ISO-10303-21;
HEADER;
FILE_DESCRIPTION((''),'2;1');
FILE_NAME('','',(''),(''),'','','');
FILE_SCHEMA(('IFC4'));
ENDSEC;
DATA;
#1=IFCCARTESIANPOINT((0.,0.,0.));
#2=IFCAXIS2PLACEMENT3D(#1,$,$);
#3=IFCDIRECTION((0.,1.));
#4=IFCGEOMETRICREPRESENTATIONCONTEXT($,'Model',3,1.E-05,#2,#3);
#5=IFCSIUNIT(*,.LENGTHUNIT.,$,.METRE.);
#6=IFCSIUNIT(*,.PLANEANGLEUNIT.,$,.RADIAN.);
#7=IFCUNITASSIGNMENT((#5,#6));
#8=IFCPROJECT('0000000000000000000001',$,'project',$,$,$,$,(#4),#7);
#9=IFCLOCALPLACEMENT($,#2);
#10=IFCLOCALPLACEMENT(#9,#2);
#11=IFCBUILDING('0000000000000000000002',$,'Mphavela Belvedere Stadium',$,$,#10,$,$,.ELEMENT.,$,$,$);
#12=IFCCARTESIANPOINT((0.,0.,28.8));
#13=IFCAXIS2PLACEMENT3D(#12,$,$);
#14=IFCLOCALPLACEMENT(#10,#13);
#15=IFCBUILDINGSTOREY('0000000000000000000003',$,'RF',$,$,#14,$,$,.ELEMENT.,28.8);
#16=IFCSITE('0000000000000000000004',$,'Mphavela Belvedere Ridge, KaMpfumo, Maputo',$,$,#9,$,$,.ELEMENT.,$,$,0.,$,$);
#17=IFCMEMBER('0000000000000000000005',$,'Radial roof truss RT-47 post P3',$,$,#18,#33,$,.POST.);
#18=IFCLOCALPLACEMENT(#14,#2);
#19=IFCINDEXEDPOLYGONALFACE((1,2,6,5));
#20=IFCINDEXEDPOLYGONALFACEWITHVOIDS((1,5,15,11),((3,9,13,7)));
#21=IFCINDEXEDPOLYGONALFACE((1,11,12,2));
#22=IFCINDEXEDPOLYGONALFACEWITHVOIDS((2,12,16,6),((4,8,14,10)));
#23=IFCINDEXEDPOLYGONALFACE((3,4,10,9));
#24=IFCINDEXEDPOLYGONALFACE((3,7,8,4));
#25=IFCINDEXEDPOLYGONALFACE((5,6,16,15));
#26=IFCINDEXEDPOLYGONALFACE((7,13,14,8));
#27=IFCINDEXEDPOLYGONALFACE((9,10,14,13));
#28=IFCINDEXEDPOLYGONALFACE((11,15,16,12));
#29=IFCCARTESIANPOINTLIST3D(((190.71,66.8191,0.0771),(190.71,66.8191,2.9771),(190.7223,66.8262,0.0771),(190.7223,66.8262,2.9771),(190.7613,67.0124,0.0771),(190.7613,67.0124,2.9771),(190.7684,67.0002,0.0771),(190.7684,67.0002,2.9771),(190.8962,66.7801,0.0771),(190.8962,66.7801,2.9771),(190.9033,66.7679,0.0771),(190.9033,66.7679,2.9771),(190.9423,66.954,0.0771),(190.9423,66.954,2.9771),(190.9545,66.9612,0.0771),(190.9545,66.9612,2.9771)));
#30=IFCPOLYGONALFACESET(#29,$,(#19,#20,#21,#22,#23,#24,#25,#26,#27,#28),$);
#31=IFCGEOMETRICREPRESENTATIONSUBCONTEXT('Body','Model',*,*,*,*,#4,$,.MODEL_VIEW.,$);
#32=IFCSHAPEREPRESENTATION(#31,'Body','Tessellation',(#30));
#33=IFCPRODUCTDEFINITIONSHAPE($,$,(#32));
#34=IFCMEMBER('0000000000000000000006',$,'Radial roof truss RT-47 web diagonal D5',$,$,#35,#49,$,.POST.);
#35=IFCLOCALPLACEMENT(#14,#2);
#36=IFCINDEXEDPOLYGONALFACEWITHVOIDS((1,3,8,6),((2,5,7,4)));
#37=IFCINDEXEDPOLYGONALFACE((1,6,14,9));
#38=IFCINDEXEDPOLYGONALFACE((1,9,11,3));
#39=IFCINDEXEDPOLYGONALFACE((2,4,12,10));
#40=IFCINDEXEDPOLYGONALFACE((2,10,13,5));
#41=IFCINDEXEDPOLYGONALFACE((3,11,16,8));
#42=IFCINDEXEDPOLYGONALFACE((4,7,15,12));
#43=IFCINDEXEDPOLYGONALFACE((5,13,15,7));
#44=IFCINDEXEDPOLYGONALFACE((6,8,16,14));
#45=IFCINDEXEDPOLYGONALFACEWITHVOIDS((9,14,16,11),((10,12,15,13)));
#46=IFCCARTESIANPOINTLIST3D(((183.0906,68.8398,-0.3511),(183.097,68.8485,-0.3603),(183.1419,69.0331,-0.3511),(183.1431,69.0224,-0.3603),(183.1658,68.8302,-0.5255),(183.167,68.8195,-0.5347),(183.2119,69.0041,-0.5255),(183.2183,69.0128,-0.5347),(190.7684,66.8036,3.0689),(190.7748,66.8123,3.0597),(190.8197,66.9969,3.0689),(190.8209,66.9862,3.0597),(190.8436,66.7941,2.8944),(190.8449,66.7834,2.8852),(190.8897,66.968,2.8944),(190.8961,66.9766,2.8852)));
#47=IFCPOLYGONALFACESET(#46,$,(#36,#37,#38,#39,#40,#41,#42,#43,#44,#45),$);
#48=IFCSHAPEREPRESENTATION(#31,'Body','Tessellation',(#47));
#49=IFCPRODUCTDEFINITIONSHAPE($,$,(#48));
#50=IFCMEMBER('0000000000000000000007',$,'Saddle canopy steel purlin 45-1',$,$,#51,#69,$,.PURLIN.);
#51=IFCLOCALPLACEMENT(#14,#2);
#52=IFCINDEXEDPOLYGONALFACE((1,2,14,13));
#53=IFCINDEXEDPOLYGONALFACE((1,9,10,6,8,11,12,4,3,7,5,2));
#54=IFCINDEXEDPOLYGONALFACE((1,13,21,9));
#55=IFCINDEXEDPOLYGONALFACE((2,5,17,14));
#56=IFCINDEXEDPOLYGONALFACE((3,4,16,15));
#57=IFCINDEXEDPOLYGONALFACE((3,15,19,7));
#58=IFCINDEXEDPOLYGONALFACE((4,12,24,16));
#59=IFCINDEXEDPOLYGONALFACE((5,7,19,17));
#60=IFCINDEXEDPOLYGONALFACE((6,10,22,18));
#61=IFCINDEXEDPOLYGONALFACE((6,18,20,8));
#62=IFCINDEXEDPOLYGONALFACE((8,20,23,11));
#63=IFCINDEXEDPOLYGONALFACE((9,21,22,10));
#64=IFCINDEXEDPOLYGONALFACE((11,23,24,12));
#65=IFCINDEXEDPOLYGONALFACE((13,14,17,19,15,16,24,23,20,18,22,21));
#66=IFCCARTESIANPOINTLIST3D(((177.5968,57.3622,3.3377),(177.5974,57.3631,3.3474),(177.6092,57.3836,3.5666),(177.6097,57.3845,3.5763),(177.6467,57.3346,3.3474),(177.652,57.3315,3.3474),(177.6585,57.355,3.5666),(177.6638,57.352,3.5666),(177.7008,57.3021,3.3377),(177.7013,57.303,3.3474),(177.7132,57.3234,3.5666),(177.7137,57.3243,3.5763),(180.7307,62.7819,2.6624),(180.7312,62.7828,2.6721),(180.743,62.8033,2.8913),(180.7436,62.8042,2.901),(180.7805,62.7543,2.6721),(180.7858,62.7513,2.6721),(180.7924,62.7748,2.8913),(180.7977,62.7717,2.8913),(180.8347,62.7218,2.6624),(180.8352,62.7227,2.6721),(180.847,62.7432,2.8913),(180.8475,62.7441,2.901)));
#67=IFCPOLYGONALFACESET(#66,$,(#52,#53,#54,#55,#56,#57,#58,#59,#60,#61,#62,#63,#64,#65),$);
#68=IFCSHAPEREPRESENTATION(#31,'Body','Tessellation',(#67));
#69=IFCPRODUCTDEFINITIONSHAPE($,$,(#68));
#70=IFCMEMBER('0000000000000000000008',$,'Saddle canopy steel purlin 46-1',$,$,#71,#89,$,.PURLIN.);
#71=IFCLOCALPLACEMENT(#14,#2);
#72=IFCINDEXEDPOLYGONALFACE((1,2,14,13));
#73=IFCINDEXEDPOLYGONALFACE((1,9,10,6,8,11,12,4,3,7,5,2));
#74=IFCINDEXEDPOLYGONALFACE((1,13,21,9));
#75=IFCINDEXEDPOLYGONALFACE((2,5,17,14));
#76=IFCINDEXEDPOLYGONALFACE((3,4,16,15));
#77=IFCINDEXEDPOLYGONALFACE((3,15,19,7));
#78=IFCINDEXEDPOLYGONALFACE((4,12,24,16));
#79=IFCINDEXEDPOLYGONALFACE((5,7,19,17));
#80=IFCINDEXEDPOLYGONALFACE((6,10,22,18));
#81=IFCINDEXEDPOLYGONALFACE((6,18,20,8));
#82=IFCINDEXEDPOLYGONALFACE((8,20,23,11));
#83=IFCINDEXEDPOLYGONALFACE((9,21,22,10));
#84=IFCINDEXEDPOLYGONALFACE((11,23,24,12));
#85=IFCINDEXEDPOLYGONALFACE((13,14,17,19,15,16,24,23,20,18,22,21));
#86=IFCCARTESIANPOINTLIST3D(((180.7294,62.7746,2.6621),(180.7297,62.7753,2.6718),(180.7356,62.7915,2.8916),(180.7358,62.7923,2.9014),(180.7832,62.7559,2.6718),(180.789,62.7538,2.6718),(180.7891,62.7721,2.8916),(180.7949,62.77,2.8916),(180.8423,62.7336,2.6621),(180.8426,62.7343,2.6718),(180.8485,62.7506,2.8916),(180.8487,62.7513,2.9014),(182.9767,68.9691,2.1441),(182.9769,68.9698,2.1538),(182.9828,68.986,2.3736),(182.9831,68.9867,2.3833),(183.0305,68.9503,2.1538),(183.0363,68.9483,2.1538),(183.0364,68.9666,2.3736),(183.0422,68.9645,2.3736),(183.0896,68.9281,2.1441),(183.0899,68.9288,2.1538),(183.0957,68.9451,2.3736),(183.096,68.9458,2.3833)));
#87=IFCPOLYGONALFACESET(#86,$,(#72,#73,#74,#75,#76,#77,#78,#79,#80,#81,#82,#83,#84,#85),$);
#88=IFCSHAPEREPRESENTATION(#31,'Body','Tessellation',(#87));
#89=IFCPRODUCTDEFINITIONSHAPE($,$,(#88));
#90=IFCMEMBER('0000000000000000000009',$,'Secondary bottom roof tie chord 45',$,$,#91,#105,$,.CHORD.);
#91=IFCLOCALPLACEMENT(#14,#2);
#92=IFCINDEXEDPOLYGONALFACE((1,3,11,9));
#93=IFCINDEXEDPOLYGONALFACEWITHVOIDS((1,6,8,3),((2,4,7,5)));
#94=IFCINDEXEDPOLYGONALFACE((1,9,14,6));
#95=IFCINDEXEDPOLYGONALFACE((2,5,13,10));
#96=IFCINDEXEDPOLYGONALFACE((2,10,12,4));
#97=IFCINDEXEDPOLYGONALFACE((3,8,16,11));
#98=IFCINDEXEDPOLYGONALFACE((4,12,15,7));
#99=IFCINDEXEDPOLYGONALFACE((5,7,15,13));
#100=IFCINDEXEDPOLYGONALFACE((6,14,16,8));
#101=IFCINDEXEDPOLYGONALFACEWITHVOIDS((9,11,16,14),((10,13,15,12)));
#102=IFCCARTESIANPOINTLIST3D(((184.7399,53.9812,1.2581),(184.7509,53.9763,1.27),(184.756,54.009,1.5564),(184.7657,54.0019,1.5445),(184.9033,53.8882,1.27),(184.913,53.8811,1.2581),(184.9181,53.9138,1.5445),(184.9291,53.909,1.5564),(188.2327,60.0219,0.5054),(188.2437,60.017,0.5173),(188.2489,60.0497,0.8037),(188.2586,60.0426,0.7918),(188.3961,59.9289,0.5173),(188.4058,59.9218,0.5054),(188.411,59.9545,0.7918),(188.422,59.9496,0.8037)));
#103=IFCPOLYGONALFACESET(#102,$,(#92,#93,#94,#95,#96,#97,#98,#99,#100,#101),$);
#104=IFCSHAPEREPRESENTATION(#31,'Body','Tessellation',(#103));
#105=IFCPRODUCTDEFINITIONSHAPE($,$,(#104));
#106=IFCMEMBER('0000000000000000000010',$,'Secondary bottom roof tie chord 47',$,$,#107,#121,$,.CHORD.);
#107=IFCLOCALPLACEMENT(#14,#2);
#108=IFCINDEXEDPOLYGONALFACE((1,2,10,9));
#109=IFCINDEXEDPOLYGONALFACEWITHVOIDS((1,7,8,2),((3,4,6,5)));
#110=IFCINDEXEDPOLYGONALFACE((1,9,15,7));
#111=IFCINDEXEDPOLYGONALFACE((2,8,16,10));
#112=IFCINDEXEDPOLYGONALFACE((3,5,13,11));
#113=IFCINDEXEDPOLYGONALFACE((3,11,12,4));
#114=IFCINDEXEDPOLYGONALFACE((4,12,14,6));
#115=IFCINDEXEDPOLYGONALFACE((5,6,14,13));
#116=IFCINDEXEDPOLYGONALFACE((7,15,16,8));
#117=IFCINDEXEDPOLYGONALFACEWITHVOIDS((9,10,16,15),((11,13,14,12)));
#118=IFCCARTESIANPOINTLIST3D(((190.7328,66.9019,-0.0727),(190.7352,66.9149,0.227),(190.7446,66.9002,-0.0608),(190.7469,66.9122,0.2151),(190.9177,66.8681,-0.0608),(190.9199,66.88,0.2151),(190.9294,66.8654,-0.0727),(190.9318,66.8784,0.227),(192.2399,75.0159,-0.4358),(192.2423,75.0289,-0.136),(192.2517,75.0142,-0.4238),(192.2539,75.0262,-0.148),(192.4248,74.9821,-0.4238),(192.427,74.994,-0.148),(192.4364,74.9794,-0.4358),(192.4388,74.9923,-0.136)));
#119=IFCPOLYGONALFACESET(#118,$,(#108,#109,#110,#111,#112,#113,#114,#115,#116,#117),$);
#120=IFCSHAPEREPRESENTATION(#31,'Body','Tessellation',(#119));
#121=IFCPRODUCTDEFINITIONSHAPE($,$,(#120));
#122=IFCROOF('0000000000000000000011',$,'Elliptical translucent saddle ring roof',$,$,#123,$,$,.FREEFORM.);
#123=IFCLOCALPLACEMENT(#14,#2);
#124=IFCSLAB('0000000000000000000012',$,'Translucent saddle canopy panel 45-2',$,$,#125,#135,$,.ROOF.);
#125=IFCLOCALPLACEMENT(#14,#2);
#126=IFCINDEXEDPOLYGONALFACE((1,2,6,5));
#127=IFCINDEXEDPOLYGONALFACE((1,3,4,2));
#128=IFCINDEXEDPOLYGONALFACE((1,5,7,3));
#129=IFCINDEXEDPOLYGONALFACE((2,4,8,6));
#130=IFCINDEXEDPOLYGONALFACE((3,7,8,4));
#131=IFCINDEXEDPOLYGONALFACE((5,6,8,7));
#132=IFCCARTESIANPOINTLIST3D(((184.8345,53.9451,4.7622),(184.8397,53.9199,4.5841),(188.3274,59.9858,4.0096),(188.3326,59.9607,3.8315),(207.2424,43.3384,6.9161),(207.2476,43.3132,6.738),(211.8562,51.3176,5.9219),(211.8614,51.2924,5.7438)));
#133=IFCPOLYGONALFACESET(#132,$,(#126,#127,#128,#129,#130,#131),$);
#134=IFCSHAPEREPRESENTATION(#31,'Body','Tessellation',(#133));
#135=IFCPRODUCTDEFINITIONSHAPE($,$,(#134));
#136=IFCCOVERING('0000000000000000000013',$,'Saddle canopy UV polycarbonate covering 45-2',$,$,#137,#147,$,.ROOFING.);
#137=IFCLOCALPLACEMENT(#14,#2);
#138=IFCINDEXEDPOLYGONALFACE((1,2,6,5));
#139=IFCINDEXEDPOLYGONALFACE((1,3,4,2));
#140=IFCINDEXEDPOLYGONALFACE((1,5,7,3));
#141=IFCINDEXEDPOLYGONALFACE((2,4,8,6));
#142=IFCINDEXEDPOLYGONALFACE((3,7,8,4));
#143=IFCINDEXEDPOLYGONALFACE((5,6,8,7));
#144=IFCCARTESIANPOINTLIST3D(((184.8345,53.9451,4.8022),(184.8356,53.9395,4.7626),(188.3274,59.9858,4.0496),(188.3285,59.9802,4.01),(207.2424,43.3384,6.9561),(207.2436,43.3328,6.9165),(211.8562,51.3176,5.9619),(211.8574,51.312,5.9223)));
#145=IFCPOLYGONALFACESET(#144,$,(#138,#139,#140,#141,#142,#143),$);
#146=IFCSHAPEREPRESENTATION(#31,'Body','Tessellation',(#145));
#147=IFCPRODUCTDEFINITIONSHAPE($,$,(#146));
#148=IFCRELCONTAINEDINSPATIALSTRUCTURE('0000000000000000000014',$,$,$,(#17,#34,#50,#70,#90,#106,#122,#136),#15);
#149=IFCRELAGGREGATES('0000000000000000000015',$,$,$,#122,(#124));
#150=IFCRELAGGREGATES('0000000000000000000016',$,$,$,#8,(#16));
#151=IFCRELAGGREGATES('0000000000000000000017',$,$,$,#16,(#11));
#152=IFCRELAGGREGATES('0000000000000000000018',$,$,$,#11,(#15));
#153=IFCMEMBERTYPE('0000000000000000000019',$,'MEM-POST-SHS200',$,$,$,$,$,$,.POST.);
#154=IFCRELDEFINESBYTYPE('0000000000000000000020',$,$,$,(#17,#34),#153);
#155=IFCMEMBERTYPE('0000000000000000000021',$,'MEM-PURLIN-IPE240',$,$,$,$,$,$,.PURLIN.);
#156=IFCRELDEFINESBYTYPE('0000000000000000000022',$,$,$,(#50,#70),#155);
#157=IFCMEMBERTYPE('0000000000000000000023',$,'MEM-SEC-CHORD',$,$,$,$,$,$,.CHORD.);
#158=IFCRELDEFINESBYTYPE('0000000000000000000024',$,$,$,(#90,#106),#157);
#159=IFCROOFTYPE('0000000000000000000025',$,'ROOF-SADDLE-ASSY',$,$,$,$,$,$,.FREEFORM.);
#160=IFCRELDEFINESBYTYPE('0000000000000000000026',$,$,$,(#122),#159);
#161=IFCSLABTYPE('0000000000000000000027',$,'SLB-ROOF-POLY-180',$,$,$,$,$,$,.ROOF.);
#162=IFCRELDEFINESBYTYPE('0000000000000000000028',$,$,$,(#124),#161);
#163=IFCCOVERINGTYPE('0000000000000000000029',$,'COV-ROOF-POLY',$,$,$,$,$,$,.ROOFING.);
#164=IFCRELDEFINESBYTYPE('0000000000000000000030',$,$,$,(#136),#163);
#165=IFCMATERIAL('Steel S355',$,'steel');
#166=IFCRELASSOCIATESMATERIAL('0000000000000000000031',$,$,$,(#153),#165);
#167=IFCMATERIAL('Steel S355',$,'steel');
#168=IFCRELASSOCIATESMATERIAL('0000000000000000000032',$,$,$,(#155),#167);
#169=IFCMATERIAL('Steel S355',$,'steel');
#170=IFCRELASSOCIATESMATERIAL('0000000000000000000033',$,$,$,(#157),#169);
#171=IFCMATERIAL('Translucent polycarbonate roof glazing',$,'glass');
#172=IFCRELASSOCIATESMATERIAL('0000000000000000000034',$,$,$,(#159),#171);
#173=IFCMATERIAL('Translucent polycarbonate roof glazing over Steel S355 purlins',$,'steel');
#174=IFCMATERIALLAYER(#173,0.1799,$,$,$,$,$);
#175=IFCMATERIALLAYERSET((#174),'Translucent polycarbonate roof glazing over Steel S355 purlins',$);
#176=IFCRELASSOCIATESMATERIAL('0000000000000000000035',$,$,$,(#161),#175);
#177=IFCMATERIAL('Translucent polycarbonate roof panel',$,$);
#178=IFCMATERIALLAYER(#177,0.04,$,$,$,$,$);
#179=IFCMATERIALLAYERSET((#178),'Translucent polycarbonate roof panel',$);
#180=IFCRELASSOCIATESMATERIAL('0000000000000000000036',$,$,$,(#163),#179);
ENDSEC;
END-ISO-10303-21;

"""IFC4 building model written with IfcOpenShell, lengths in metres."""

from ifc_helpers import new_model, si_unit, direction, frame, origin, origin_2d, place, context, subcontext, project, spatial, polyline, hollow_rectangle, i_section, outline, extrude, material, layer, layer_set, material_profile, profile_set, type_object, element, aggregate, save


model = new_model("IFC4")

# Units and contexts
model_context = context("Model", 3, precision=1e-05, world=origin(), true_north=direction((0.0, 1.0)))
body_context = subcontext(model_context, "Body", "Model", "MODEL_VIEW")
ifc_project = project(units=[si_unit("LENGTHUNIT", "METRE"), si_unit("PLANEANGLEUNIT", "RADIAN")], contexts=[model_context])

# Site, building, storey
site_placement = place(None, origin())
site = spatial("IfcSite", under=ifc_project, at=site_placement, Name="Mphavela Belvedere Ridge, KaMpfumo, Maputo", CompositionType="ELEMENT", RefElevation=0.0)
building_placement = place(site_placement, origin())
building = spatial("IfcBuilding", under=site, at=building_placement, Name="Mphavela Belvedere Stadium", CompositionType="ELEMENT")
storey_placement = place(building_placement, frame((0.0, 0.0, 28.8)))
storey = spatial("IfcBuildingStorey", under=building, at=storey_placement, Name="RF", CompositionType="ELEMENT", Elevation=28.8)

# Members
ifc_material_1 = material(Name="Steel S355", Category="steel")
ifc_material_profile_1 = material_profile(ifc_material_1, hollow_rectangle(XDim=0.2, YDim=0.2, WallThickness=0.01, at=origin_2d()), Name="SHS 200x200x10")
ifc_profile_set_1 = profile_set([ifc_material_profile_1], Name="Steel S355")
member_type_1 = type_object("IfcMemberType", Name="MEM-POST-SHS200", PredefinedType="POST", material=ifc_profile_set_1)
member_1_placement = place(storey_placement, frame((190.8323, 66.8901, 0.0771), z_axis=(0.0, 0.0, 1.0), x_axis=(0.9666, -0.256289, 0.0)))
element("IfcMember", 1, at=member_1_placement, inside=storey, type_object=member_type_1, Name="Radial roof truss RT-47 post P3", PredefinedType="POST", context=body_context, shape_type="SweptSolid", body=[
    extrude(hollow_rectangle(XDim=0.2, YDim=0.2, WallThickness=0.01, at=origin_2d()), origin(), (0.0, 0.0, 1.0), 2.8999),
])
member_2_placement = place(storey_placement, frame((190.8323, 66.8901, 2.9771), z_axis=(-0.887796, 0.235443, -0.395454), x_axis=(-0.256339, -0.966587, 0.0)))
element("IfcMember", 2, at=member_2_placement, inside=storey, type_object=member_type_1, Name="Radial roof truss RT-47 web diagonal D5", PredefinedType="POST", context=body_context, shape_type="SweptSolid", body=[
    extrude(hollow_rectangle(XDim=0.2, YDim=0.2, WallThickness=0.01, at=origin_2d()), origin(), (0.0, 0.0, 1.0), 8.6482),
])
ifc_material_2 = material(Name="Steel S355", Category="steel")
ifc_material_profile_2 = material_profile(ifc_material_2, i_section(OverallWidth=0.1201, OverallDepth=0.24, WebThickness=0.0061, FlangeThickness=0.0098, at=origin_2d()), Name="IPE 240")
ifc_profile_set_2 = profile_set([ifc_material_profile_2], Name="Steel S355")
member_type_2 = type_object("IfcMemberType", Name="MEM-PURLIN-IPE240", PredefinedType="PURLIN", material=ifc_profile_set_2)
member_3_placement = place(storey_placement, frame((177.6553, 57.3433, 3.457), z_axis=(0.49768, 0.860705, -0.107244), x_axis=(-0.865698, 0.500567, 0.0)))
element("IfcMember", 3, at=member_3_placement, inside=storey, type_object=member_type_2, Name="Saddle canopy steel purlin 45-1", PredefinedType="PURLIN", context=body_context, shape_type="SweptSolid", body=[
    extrude(i_section(OverallWidth=0.1201, OverallDepth=0.24, WebThickness=0.0061, FlangeThickness=0.0098, at=origin_2d()), origin(), (0.0, 0.0, 1.0), 6.2969),
])
member_4_placement = place(storey_placement, frame((180.7891, 62.7629, 2.7817), z_axis=(0.339989, 0.937158, -0.078377), x_axis=(-0.94005, 0.341038, 0.0)))
element("IfcMember", 4, at=member_4_placement, inside=storey, type_object=member_type_2, Name="Saddle canopy steel purlin 46-1", PredefinedType="PURLIN", context=body_context, shape_type="SweptSolid", body=[
    extrude(i_section(OverallWidth=0.1201, OverallDepth=0.24, WebThickness=0.0061, FlangeThickness=0.0098, at=origin_2d()), origin(), (0.0, 0.0, 1.0), 6.6099),
])
ifc_material_3 = material(Name="Steel S355", Category="steel")
ifc_material_profile_3 = material_profile(ifc_material_3, hollow_rectangle(XDim=0.2, YDim=0.3, WallThickness=0.012, at=origin_2d()), Name="RHS 300x200x12")
ifc_profile_set_3 = profile_set([ifc_material_profile_3], Name="Steel S355")
member_type_3 = type_object("IfcMemberType", Name="MEM-SEC-CHORD", PredefinedType="CHORD", material=ifc_profile_set_3)
member_5_placement = place(storey_placement, frame((184.8345, 53.9451, 1.4072), z_axis=(0.49768, 0.860705, -0.107245), x_axis=(-0.865698, 0.500567, 0.0)))
element("IfcMember", 5, at=member_5_placement, inside=storey, type_object=member_type_3, Name="Secondary bottom roof tie chord 45", PredefinedType="CHORD", context=body_context, shape_type="SweptSolid", body=[
    extrude(hollow_rectangle(XDim=0.2, YDim=0.3, WallThickness=0.012, at=origin_2d()), origin(), (0.0, 0.0, 1.0), 7.0183),
])
member_6_placement = place(storey_placement, frame((190.8323, 66.8901, 0.0771), z_axis=(0.182438, 0.982235, -0.043947), x_axis=(-0.983185, 0.182615, 0.0)))
element("IfcMember", 6, at=member_6_placement, inside=storey, type_object=member_type_3, Name="Secondary bottom roof tie chord 47", PredefinedType="CHORD", context=body_context, shape_type="SweptSolid", body=[
    extrude(hollow_rectangle(XDim=0.2, YDim=0.3, WallThickness=0.012, at=origin_2d()), origin(), (0.0, 0.0, 1.0), 8.2607),
])

# Roof, slab
ifc_material_4 = material(Name="Translucent polycarbonate roof glazing", Category="glass")
roof_type = type_object("IfcRoofType", Name="ROOF-SADDLE-ASSY", PredefinedType="FREEFORM", material=ifc_material_4)
roof_placement = place(storey_placement, origin())
roof = element("IfcRoof", 7, at=roof_placement, inside=storey, type_object=roof_type, Name="Elliptical translucent saddle ring roof", PredefinedType="FREEFORM")
ifc_material_5 = material(Name="Translucent polycarbonate roof glazing over Steel S355 purlins", Category="steel")
ifc_layer_1 = layer(ifc_material_5, 0.1799)
ifc_layer_set_1 = layer_set([ifc_layer_1], Name="Translucent polycarbonate roof glazing over Steel S355 purlins")
slab_type = type_object("IfcSlabType", Name="SLB-ROOF-POLY-180", PredefinedType="ROOF", material=ifc_layer_set_1)
slab_1_placement = place(storey_placement, frame((184.8345, 53.9451, 4.7622), z_axis=(-0.028862, 0.140004, 0.98973), x_axis=(0.49768, 0.860706, -0.10724)))
slab_1 = element("IfcSlab", 8, at=slab_1_placement, type_object=slab_type, Name="Translucent saddle canopy panel 45-2", PredefinedType="ROOF", context=body_context, shape_type="SweptSolid", body=[
    extrude(outline(polyline([(0.0, 0.0), (7.0184, 0.0), (11.0624, -24.8203), (1.7918, -24.8203), (0.0, 0.0)])), origin(), (0.0, 0.0, -1.0), 0.1799),
])
aggregate(roof, [slab_1])

# Covering
ifc_material_6 = material(Name="Translucent polycarbonate roof panel")
ifc_layer_2 = layer(ifc_material_6, 0.04)
ifc_layer_set_2 = layer_set([ifc_layer_2], Name="Translucent polycarbonate roof panel")
covering_type = type_object("IfcCoveringType", Name="COV-ROOF-POLY", PredefinedType="ROOFING", material=ifc_layer_set_2)
covering_1_placement = place(storey_placement, frame((184.8345, 53.9451, 4.8022), z_axis=(-0.028862, 0.140004, 0.98973), x_axis=(0.49768, 0.860706, -0.10724)))
element("IfcCovering", 9, at=covering_1_placement, inside=storey, type_object=covering_type, Name="Saddle canopy UV polycarbonate covering 45-2", PredefinedType="ROOFING", context=body_context, shape_type="SweptSolid", body=[
    extrude(outline(polyline([(0.0, 0.0), (7.0184, 0.0), (11.0624, -24.8203), (1.7918, -24.8203), (0.0, 0.0)])), origin(), (0.0, 0.0, -1.0), 0.04),
])

save(model, "model.ifc")
